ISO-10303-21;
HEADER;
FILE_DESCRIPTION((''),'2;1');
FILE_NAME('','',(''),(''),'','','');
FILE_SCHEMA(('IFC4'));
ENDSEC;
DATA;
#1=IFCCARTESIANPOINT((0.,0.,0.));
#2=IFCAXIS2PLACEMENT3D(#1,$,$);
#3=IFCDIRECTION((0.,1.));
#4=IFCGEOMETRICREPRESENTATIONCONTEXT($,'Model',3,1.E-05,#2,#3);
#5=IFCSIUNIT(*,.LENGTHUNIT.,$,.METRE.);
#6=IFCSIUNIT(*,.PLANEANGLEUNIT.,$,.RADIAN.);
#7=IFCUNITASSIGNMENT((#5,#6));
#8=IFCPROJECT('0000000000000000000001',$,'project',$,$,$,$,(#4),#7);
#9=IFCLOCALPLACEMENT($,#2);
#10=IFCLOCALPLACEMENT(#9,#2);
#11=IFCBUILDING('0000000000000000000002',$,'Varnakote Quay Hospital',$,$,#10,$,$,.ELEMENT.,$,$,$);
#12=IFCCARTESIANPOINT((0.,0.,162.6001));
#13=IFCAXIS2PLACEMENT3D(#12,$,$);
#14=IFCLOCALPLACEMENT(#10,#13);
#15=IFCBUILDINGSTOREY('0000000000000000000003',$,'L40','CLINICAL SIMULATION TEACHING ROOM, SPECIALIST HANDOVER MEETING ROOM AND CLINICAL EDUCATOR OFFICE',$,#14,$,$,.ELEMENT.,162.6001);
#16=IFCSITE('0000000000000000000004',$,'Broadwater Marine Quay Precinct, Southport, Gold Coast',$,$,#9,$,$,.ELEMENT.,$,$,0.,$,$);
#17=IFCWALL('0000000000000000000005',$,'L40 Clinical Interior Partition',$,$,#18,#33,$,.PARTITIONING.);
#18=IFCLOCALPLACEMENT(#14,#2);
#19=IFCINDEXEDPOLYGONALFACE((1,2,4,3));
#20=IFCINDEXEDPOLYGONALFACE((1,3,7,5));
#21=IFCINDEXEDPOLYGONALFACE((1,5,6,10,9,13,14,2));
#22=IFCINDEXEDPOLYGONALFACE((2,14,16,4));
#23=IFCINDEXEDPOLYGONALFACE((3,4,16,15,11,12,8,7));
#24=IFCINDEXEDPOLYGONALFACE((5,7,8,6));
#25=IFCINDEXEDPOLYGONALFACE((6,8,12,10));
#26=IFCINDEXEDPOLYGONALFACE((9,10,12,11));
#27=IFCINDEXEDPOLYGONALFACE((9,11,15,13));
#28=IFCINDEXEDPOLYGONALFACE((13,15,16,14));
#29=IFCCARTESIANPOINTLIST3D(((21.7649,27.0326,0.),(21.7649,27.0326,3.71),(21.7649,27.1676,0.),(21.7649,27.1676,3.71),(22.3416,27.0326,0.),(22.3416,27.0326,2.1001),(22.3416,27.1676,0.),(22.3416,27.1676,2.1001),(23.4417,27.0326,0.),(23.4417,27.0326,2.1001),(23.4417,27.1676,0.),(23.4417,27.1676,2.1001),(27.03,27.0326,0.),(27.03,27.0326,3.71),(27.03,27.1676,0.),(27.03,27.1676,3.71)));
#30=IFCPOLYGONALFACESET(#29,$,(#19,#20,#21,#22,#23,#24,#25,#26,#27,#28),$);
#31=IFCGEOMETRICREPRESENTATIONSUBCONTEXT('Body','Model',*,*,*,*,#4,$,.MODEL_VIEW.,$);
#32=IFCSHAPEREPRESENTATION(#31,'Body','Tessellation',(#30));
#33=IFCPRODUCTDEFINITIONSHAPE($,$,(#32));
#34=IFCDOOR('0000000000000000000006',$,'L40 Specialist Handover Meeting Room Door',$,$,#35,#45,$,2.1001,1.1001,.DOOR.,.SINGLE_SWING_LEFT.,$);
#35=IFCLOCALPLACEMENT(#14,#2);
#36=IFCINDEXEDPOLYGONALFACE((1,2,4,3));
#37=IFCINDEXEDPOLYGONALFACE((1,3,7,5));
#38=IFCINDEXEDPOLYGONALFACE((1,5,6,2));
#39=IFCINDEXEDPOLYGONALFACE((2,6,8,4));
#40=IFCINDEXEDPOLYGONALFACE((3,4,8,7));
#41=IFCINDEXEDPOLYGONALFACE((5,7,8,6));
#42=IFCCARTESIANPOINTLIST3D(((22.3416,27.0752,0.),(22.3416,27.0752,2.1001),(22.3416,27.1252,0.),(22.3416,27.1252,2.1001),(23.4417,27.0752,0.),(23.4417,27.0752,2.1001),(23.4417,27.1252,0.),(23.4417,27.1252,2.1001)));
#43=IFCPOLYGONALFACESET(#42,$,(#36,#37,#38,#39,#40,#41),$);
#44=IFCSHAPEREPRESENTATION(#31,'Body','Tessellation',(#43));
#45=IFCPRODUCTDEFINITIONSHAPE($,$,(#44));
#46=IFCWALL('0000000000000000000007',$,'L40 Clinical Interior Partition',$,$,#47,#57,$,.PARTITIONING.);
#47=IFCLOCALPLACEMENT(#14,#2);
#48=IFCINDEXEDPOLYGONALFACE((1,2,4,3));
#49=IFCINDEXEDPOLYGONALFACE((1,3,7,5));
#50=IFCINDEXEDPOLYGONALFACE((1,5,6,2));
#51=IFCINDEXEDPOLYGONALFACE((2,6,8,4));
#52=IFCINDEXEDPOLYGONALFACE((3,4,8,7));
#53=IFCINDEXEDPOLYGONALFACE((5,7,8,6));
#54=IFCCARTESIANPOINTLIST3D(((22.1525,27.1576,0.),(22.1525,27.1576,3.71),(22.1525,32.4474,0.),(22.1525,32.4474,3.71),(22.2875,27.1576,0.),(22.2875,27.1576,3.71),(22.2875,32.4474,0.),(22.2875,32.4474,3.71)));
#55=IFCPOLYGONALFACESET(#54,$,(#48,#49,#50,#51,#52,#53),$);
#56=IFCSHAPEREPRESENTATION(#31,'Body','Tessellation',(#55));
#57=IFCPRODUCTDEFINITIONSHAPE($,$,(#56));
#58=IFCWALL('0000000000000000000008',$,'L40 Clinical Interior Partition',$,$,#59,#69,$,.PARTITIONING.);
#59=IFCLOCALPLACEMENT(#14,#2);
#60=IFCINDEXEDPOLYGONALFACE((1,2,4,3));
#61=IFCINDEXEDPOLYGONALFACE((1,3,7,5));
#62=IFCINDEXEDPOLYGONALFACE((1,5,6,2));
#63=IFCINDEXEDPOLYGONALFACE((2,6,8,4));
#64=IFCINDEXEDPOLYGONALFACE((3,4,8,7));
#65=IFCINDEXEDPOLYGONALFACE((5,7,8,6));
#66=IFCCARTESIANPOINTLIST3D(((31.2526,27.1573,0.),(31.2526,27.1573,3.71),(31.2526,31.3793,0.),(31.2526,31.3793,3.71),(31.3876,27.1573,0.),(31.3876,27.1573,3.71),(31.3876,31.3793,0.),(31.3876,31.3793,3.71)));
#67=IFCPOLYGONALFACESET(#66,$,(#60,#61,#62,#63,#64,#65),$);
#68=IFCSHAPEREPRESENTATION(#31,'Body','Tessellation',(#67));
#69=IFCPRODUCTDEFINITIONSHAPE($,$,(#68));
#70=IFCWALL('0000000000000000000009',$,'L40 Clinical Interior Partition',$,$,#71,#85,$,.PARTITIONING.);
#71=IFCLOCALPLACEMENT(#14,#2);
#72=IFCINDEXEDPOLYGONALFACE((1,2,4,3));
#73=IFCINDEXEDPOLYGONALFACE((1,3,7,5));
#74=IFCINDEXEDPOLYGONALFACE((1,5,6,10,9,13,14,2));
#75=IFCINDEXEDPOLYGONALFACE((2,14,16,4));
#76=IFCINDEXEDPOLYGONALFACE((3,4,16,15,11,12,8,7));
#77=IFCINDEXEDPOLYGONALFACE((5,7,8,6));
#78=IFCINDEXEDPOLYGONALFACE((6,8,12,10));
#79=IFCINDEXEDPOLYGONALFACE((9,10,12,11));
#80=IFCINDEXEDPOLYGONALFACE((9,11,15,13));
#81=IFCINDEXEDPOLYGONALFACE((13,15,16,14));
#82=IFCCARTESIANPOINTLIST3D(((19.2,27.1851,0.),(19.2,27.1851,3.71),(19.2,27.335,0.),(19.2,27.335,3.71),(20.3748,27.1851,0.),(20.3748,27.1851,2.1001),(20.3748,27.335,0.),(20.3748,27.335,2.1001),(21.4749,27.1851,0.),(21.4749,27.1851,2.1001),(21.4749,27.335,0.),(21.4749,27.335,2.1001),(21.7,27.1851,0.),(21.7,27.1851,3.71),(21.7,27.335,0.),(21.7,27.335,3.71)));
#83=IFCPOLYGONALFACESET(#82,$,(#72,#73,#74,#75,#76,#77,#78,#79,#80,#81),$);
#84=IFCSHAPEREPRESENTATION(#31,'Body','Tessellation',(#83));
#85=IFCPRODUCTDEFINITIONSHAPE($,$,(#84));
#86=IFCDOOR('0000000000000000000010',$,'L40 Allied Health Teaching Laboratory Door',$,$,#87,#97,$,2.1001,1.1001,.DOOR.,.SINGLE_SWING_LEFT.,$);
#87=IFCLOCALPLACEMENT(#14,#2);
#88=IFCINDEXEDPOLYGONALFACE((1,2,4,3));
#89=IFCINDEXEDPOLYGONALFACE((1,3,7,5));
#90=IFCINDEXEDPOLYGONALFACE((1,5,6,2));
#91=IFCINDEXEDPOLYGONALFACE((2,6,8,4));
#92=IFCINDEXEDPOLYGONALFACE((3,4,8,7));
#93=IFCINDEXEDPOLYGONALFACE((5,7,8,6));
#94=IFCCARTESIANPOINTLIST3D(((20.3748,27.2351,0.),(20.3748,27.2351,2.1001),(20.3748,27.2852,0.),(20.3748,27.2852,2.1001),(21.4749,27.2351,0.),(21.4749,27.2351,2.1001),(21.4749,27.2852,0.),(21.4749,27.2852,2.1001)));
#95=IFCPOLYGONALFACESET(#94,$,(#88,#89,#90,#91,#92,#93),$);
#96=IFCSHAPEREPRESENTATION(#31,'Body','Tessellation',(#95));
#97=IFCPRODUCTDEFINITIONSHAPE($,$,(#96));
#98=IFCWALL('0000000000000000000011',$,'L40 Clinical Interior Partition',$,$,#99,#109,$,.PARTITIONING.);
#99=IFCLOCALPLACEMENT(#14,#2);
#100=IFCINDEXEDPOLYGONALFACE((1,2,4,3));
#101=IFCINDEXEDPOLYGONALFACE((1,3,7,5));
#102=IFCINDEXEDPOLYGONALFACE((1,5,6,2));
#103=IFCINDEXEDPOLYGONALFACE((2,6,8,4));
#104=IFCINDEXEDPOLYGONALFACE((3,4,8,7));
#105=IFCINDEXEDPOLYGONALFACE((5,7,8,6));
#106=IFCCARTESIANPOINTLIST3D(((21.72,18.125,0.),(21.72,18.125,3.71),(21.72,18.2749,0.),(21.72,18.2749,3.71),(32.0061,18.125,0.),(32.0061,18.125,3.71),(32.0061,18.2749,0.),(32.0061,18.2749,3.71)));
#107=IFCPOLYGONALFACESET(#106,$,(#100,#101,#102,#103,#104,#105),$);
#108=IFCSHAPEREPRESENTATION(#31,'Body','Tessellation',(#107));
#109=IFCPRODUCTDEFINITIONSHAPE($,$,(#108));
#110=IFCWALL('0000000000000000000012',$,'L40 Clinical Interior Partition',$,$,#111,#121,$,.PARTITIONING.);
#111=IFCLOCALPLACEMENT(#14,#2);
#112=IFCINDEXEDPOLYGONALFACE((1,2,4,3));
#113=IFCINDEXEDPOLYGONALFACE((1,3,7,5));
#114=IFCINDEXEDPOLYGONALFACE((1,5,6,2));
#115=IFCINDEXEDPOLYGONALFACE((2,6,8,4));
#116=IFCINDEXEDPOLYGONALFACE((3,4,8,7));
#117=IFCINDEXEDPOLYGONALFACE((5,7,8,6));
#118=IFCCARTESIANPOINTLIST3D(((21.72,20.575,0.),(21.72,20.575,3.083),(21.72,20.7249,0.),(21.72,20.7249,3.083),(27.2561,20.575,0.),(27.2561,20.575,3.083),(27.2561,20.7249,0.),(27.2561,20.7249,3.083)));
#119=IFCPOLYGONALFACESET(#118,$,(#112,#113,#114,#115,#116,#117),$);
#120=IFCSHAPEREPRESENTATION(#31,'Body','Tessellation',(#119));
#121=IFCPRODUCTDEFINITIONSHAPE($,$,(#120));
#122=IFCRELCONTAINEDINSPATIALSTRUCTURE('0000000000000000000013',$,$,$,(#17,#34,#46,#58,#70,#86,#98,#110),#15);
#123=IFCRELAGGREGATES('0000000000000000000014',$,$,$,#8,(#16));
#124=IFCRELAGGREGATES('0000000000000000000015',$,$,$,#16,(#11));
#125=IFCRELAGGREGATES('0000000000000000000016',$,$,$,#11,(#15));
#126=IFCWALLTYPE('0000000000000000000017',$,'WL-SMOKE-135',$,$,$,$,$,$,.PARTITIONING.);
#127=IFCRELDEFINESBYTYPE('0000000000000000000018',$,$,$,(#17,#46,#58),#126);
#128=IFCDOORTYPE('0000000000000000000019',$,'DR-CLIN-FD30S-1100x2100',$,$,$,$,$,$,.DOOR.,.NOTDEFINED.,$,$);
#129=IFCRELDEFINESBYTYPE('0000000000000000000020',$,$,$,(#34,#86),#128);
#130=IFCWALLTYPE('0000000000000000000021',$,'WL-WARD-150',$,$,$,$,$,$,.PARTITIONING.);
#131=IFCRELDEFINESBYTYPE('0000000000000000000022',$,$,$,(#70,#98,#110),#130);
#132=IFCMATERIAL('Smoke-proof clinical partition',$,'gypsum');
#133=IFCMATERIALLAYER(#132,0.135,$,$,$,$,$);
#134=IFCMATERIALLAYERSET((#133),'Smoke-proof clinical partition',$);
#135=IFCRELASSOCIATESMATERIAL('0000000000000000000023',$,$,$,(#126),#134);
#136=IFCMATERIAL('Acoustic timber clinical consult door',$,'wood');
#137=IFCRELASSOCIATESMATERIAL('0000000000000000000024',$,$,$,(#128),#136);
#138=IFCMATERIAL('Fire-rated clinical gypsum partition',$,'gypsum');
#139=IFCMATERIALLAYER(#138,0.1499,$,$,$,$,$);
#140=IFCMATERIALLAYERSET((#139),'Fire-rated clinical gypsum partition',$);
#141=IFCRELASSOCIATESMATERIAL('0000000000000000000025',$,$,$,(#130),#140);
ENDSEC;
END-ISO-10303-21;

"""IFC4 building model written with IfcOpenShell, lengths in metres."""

from ifc_helpers import new_model, si_unit, direction, frame, frame_2d, origin, place, context, subcontext, project, spatial, rectangle, extrude, material, layer, layer_set, type_object, element, fill, save


model = new_model("IFC4")

# Units and contexts
model_context = context("Model", 3, precision=1e-05, world=origin(), true_north=direction((0.0, 1.0)))
body_context = subcontext(model_context, "Body", "Model", "MODEL_VIEW")
ifc_project = project(units=[si_unit("LENGTHUNIT", "METRE"), si_unit("PLANEANGLEUNIT", "RADIAN")], contexts=[model_context])

# Site, building, storey
site_placement = place(None, origin())
site = spatial("IfcSite", under=ifc_project, at=site_placement, Name="Broadwater Marine Quay Precinct, Southport, Gold Coast", CompositionType="ELEMENT", RefElevation=0.0)
building_placement = place(site_placement, origin())
building = spatial("IfcBuilding", under=site, at=building_placement, Name="Varnakote Quay Hospital", CompositionType="ELEMENT")
storey_placement = place(building_placement, frame((0.0, 0.0, 162.6001)))
storey = spatial("IfcBuildingStorey", under=building, at=storey_placement, Name="L40", Description="CLINICAL SIMULATION TEACHING ROOM, SPECIALIST HANDOVER MEETING ROOM AND CLINICAL EDUCATOR OFFICE", CompositionType="ELEMENT", Elevation=162.6001)

# Shared definitions
ifc_material_1 = material(Name="Smoke-proof clinical partition", Category="gypsum")
ifc_layer_1 = layer(ifc_material_1, 0.135)
ifc_layer_set_1 = layer_set([ifc_layer_1], Name="Smoke-proof clinical partition")
wall_type_1 = type_object("IfcWallType", Name="WL-SMOKE-135", PredefinedType="PARTITIONING", material=ifc_layer_set_1)

# Wall, opening, door
wall_1_placement = place(storey_placement, frame((27.03, 27.1001, 0.0), z_axis=(0.0, 0.0, 1.0), x_axis=(-1.0, 0.0, 0.0)))
wall_1 = element("IfcWall", 1, at=wall_1_placement, inside=storey, type_object=wall_type_1, Name="L40 Clinical Interior Partition", PredefinedType="PARTITIONING", context=body_context, shape_type="SweptSolid", body=[
    extrude(rectangle(XDim=5.2651, YDim=0.135, at=frame_2d((2.6326, 0.0))), origin(), (0.0, 0.0, 1.0), 3.71),
])
opening_1_placement = place(wall_1_placement, frame((3.5884, 0.0, 0.0)))
opening_1 = element("IfcOpeningElement", 2, at=opening_1_placement, cuts=wall_1, PredefinedType="OPENING", context=body_context, shape_type="SweptSolid", body=[
    extrude(rectangle(XDim=1.1001, YDim=2.1001, at=frame_2d((0.55, 1.05))), frame((0.0, 0.0774, 0.0), z_axis=(0.0, -1.0, 0.0), x_axis=(1.0, 0.0, 0.0)), (0.0, 0.0, 1.0), 0.155),
])
ifc_material_2 = material(Name="Acoustic timber clinical consult door", Category="wood")
door_type_1 = type_object("IfcDoorType", Name="DR-CLIN-FD30S-1100x2100", OperationType="NOTDEFINED", PredefinedType="DOOR", material=ifc_material_2)
door_1_placement = place(opening_1_placement, origin())
door_1 = element("IfcDoor", 3, at=door_1_placement, inside=storey, type_object=door_type_1, Name="L40 Specialist Handover Meeting Room Door", OperationType="SINGLE_SWING_LEFT", OverallHeight=2.1001, OverallWidth=1.1001, PredefinedType="DOOR", context=body_context, shape_type="SweptSolid", body=[
    extrude(rectangle(XDim=1.1001, YDim=2.1001, at=frame_2d((0.55, 1.05))), frame((0.0, 0.0249, 0.0), z_axis=(0.0, -1.0, 0.0), x_axis=(1.0, 0.0, 0.0)), (0.0, 0.0, 1.0), 0.05),
])
fill(opening_1, door_1)

# Walls
wall_2_placement = place(storey_placement, frame((22.22, 27.1575, 0.0), z_axis=(0.0, 0.0, 1.0), x_axis=(0.0, 1.0, 0.0)))
element("IfcWall", 4, at=wall_2_placement, inside=storey, type_object=wall_type_1, Name="L40 Clinical Interior Partition", PredefinedType="PARTITIONING", context=body_context, shape_type="SweptSolid", body=[
    extrude(rectangle(XDim=5.2898, YDim=0.135, at=frame_2d((2.645, 0.0))), origin(), (0.0, 0.0, 1.0), 3.71),
])
wall_3_placement = place(storey_placement, frame((31.3201, 27.1575, 0.0), z_axis=(0.0, 0.0, 1.0), x_axis=(0.0, 1.0, 0.0)))
element("IfcWall", 5, at=wall_3_placement, inside=storey, type_object=wall_type_1, Name="L40 Clinical Interior Partition", PredefinedType="PARTITIONING", context=body_context, shape_type="SweptSolid", body=[
    extrude(rectangle(XDim=4.2219, YDim=0.135, at=frame_2d((2.1108, 0.0))), origin(), (0.0, 0.0, 1.0), 3.71),
])

# Wall, opening, door
ifc_material_3 = material(Name="Fire-rated clinical gypsum partition", Category="gypsum")
ifc_layer_2 = layer(ifc_material_3, 0.1499)
ifc_layer_set_2 = layer_set([ifc_layer_2], Name="Fire-rated clinical gypsum partition")
wall_type_2 = type_object("IfcWallType", Name="WL-WARD-150", PredefinedType="PARTITIONING", material=ifc_layer_set_2)
wall_4_placement = place(storey_placement, frame((21.7, 27.26, 0.0), z_axis=(0.0, 0.0, 1.0), x_axis=(-1.0, 0.0, 0.0)))
wall_4 = element("IfcWall", 6, at=wall_4_placement, inside=storey, type_object=wall_type_2, Name="L40 Clinical Interior Partition", PredefinedType="PARTITIONING", context=body_context, shape_type="SweptSolid", body=[
    extrude(rectangle(XDim=2.5, YDim=0.1499, at=frame_2d((1.25, 0.0))), origin(), (0.0, 0.0, 1.0), 3.71),
])
opening_2_placement = place(wall_4_placement, frame((0.2251, 0.0, 0.0)))
opening_2 = element("IfcOpeningElement", 7, at=opening_2_placement, cuts=wall_4, PredefinedType="OPENING", context=body_context, shape_type="SweptSolid", body=[
    extrude(rectangle(XDim=1.1001, YDim=2.1001, at=frame_2d((0.55, 1.05))), frame((0.0, 0.085, 0.0), z_axis=(0.0, -1.0, 0.0), x_axis=(1.0, 0.0, 0.0)), (0.0, 0.0, 1.0), 0.1699),
])
door_2_placement = place(opening_2_placement, origin())
door_2 = element("IfcDoor", 8, at=door_2_placement, inside=storey, type_object=door_type_1, Name="L40 Allied Health Teaching Laboratory Door", OperationType="SINGLE_SWING_LEFT", OverallHeight=2.1001, OverallWidth=1.1001, PredefinedType="DOOR", context=body_context, shape_type="SweptSolid", body=[
    extrude(rectangle(XDim=1.1001, YDim=2.1001, at=frame_2d((0.55, 1.05))), frame((0.0, 0.0249, 0.0), z_axis=(0.0, -1.0, 0.0), x_axis=(1.0, 0.0, 0.0)), (0.0, 0.0, 1.0), 0.05),
])
fill(opening_2, door_2)

# Walls
wall_5_placement = place(storey_placement, frame((21.72, 18.2, 0.0), z_axis=(0.0, 0.0, 1.0), x_axis=(1.0, 0.0, 0.0)))
element("IfcWall", 9, at=wall_5_placement, inside=storey, type_object=wall_type_2, Name="L40 Clinical Interior Partition", PredefinedType="PARTITIONING", context=body_context, shape_type="SweptSolid", body=[
    extrude(rectangle(XDim=10.2861, YDim=0.1499, at=frame_2d((5.1431, 0.0))), origin(), (0.0, 0.0, 1.0), 3.71),
])
wall_6_placement = place(storey_placement, frame((27.2561, 20.6499, 0.0), z_axis=(0.0, 0.0, 1.0), x_axis=(-1.0, 0.0, 0.0)))
element("IfcWall", 10, at=wall_6_placement, inside=storey, type_object=wall_type_2, Name="L40 Clinical Interior Partition", PredefinedType="PARTITIONING", context=body_context, shape_type="SweptSolid", body=[
    extrude(rectangle(XDim=5.5361, YDim=0.1499, at=frame_2d((2.7681, 0.0))), origin(), (0.0, 0.0, 1.0), 3.083),
])

save(model, "model.ifc")
